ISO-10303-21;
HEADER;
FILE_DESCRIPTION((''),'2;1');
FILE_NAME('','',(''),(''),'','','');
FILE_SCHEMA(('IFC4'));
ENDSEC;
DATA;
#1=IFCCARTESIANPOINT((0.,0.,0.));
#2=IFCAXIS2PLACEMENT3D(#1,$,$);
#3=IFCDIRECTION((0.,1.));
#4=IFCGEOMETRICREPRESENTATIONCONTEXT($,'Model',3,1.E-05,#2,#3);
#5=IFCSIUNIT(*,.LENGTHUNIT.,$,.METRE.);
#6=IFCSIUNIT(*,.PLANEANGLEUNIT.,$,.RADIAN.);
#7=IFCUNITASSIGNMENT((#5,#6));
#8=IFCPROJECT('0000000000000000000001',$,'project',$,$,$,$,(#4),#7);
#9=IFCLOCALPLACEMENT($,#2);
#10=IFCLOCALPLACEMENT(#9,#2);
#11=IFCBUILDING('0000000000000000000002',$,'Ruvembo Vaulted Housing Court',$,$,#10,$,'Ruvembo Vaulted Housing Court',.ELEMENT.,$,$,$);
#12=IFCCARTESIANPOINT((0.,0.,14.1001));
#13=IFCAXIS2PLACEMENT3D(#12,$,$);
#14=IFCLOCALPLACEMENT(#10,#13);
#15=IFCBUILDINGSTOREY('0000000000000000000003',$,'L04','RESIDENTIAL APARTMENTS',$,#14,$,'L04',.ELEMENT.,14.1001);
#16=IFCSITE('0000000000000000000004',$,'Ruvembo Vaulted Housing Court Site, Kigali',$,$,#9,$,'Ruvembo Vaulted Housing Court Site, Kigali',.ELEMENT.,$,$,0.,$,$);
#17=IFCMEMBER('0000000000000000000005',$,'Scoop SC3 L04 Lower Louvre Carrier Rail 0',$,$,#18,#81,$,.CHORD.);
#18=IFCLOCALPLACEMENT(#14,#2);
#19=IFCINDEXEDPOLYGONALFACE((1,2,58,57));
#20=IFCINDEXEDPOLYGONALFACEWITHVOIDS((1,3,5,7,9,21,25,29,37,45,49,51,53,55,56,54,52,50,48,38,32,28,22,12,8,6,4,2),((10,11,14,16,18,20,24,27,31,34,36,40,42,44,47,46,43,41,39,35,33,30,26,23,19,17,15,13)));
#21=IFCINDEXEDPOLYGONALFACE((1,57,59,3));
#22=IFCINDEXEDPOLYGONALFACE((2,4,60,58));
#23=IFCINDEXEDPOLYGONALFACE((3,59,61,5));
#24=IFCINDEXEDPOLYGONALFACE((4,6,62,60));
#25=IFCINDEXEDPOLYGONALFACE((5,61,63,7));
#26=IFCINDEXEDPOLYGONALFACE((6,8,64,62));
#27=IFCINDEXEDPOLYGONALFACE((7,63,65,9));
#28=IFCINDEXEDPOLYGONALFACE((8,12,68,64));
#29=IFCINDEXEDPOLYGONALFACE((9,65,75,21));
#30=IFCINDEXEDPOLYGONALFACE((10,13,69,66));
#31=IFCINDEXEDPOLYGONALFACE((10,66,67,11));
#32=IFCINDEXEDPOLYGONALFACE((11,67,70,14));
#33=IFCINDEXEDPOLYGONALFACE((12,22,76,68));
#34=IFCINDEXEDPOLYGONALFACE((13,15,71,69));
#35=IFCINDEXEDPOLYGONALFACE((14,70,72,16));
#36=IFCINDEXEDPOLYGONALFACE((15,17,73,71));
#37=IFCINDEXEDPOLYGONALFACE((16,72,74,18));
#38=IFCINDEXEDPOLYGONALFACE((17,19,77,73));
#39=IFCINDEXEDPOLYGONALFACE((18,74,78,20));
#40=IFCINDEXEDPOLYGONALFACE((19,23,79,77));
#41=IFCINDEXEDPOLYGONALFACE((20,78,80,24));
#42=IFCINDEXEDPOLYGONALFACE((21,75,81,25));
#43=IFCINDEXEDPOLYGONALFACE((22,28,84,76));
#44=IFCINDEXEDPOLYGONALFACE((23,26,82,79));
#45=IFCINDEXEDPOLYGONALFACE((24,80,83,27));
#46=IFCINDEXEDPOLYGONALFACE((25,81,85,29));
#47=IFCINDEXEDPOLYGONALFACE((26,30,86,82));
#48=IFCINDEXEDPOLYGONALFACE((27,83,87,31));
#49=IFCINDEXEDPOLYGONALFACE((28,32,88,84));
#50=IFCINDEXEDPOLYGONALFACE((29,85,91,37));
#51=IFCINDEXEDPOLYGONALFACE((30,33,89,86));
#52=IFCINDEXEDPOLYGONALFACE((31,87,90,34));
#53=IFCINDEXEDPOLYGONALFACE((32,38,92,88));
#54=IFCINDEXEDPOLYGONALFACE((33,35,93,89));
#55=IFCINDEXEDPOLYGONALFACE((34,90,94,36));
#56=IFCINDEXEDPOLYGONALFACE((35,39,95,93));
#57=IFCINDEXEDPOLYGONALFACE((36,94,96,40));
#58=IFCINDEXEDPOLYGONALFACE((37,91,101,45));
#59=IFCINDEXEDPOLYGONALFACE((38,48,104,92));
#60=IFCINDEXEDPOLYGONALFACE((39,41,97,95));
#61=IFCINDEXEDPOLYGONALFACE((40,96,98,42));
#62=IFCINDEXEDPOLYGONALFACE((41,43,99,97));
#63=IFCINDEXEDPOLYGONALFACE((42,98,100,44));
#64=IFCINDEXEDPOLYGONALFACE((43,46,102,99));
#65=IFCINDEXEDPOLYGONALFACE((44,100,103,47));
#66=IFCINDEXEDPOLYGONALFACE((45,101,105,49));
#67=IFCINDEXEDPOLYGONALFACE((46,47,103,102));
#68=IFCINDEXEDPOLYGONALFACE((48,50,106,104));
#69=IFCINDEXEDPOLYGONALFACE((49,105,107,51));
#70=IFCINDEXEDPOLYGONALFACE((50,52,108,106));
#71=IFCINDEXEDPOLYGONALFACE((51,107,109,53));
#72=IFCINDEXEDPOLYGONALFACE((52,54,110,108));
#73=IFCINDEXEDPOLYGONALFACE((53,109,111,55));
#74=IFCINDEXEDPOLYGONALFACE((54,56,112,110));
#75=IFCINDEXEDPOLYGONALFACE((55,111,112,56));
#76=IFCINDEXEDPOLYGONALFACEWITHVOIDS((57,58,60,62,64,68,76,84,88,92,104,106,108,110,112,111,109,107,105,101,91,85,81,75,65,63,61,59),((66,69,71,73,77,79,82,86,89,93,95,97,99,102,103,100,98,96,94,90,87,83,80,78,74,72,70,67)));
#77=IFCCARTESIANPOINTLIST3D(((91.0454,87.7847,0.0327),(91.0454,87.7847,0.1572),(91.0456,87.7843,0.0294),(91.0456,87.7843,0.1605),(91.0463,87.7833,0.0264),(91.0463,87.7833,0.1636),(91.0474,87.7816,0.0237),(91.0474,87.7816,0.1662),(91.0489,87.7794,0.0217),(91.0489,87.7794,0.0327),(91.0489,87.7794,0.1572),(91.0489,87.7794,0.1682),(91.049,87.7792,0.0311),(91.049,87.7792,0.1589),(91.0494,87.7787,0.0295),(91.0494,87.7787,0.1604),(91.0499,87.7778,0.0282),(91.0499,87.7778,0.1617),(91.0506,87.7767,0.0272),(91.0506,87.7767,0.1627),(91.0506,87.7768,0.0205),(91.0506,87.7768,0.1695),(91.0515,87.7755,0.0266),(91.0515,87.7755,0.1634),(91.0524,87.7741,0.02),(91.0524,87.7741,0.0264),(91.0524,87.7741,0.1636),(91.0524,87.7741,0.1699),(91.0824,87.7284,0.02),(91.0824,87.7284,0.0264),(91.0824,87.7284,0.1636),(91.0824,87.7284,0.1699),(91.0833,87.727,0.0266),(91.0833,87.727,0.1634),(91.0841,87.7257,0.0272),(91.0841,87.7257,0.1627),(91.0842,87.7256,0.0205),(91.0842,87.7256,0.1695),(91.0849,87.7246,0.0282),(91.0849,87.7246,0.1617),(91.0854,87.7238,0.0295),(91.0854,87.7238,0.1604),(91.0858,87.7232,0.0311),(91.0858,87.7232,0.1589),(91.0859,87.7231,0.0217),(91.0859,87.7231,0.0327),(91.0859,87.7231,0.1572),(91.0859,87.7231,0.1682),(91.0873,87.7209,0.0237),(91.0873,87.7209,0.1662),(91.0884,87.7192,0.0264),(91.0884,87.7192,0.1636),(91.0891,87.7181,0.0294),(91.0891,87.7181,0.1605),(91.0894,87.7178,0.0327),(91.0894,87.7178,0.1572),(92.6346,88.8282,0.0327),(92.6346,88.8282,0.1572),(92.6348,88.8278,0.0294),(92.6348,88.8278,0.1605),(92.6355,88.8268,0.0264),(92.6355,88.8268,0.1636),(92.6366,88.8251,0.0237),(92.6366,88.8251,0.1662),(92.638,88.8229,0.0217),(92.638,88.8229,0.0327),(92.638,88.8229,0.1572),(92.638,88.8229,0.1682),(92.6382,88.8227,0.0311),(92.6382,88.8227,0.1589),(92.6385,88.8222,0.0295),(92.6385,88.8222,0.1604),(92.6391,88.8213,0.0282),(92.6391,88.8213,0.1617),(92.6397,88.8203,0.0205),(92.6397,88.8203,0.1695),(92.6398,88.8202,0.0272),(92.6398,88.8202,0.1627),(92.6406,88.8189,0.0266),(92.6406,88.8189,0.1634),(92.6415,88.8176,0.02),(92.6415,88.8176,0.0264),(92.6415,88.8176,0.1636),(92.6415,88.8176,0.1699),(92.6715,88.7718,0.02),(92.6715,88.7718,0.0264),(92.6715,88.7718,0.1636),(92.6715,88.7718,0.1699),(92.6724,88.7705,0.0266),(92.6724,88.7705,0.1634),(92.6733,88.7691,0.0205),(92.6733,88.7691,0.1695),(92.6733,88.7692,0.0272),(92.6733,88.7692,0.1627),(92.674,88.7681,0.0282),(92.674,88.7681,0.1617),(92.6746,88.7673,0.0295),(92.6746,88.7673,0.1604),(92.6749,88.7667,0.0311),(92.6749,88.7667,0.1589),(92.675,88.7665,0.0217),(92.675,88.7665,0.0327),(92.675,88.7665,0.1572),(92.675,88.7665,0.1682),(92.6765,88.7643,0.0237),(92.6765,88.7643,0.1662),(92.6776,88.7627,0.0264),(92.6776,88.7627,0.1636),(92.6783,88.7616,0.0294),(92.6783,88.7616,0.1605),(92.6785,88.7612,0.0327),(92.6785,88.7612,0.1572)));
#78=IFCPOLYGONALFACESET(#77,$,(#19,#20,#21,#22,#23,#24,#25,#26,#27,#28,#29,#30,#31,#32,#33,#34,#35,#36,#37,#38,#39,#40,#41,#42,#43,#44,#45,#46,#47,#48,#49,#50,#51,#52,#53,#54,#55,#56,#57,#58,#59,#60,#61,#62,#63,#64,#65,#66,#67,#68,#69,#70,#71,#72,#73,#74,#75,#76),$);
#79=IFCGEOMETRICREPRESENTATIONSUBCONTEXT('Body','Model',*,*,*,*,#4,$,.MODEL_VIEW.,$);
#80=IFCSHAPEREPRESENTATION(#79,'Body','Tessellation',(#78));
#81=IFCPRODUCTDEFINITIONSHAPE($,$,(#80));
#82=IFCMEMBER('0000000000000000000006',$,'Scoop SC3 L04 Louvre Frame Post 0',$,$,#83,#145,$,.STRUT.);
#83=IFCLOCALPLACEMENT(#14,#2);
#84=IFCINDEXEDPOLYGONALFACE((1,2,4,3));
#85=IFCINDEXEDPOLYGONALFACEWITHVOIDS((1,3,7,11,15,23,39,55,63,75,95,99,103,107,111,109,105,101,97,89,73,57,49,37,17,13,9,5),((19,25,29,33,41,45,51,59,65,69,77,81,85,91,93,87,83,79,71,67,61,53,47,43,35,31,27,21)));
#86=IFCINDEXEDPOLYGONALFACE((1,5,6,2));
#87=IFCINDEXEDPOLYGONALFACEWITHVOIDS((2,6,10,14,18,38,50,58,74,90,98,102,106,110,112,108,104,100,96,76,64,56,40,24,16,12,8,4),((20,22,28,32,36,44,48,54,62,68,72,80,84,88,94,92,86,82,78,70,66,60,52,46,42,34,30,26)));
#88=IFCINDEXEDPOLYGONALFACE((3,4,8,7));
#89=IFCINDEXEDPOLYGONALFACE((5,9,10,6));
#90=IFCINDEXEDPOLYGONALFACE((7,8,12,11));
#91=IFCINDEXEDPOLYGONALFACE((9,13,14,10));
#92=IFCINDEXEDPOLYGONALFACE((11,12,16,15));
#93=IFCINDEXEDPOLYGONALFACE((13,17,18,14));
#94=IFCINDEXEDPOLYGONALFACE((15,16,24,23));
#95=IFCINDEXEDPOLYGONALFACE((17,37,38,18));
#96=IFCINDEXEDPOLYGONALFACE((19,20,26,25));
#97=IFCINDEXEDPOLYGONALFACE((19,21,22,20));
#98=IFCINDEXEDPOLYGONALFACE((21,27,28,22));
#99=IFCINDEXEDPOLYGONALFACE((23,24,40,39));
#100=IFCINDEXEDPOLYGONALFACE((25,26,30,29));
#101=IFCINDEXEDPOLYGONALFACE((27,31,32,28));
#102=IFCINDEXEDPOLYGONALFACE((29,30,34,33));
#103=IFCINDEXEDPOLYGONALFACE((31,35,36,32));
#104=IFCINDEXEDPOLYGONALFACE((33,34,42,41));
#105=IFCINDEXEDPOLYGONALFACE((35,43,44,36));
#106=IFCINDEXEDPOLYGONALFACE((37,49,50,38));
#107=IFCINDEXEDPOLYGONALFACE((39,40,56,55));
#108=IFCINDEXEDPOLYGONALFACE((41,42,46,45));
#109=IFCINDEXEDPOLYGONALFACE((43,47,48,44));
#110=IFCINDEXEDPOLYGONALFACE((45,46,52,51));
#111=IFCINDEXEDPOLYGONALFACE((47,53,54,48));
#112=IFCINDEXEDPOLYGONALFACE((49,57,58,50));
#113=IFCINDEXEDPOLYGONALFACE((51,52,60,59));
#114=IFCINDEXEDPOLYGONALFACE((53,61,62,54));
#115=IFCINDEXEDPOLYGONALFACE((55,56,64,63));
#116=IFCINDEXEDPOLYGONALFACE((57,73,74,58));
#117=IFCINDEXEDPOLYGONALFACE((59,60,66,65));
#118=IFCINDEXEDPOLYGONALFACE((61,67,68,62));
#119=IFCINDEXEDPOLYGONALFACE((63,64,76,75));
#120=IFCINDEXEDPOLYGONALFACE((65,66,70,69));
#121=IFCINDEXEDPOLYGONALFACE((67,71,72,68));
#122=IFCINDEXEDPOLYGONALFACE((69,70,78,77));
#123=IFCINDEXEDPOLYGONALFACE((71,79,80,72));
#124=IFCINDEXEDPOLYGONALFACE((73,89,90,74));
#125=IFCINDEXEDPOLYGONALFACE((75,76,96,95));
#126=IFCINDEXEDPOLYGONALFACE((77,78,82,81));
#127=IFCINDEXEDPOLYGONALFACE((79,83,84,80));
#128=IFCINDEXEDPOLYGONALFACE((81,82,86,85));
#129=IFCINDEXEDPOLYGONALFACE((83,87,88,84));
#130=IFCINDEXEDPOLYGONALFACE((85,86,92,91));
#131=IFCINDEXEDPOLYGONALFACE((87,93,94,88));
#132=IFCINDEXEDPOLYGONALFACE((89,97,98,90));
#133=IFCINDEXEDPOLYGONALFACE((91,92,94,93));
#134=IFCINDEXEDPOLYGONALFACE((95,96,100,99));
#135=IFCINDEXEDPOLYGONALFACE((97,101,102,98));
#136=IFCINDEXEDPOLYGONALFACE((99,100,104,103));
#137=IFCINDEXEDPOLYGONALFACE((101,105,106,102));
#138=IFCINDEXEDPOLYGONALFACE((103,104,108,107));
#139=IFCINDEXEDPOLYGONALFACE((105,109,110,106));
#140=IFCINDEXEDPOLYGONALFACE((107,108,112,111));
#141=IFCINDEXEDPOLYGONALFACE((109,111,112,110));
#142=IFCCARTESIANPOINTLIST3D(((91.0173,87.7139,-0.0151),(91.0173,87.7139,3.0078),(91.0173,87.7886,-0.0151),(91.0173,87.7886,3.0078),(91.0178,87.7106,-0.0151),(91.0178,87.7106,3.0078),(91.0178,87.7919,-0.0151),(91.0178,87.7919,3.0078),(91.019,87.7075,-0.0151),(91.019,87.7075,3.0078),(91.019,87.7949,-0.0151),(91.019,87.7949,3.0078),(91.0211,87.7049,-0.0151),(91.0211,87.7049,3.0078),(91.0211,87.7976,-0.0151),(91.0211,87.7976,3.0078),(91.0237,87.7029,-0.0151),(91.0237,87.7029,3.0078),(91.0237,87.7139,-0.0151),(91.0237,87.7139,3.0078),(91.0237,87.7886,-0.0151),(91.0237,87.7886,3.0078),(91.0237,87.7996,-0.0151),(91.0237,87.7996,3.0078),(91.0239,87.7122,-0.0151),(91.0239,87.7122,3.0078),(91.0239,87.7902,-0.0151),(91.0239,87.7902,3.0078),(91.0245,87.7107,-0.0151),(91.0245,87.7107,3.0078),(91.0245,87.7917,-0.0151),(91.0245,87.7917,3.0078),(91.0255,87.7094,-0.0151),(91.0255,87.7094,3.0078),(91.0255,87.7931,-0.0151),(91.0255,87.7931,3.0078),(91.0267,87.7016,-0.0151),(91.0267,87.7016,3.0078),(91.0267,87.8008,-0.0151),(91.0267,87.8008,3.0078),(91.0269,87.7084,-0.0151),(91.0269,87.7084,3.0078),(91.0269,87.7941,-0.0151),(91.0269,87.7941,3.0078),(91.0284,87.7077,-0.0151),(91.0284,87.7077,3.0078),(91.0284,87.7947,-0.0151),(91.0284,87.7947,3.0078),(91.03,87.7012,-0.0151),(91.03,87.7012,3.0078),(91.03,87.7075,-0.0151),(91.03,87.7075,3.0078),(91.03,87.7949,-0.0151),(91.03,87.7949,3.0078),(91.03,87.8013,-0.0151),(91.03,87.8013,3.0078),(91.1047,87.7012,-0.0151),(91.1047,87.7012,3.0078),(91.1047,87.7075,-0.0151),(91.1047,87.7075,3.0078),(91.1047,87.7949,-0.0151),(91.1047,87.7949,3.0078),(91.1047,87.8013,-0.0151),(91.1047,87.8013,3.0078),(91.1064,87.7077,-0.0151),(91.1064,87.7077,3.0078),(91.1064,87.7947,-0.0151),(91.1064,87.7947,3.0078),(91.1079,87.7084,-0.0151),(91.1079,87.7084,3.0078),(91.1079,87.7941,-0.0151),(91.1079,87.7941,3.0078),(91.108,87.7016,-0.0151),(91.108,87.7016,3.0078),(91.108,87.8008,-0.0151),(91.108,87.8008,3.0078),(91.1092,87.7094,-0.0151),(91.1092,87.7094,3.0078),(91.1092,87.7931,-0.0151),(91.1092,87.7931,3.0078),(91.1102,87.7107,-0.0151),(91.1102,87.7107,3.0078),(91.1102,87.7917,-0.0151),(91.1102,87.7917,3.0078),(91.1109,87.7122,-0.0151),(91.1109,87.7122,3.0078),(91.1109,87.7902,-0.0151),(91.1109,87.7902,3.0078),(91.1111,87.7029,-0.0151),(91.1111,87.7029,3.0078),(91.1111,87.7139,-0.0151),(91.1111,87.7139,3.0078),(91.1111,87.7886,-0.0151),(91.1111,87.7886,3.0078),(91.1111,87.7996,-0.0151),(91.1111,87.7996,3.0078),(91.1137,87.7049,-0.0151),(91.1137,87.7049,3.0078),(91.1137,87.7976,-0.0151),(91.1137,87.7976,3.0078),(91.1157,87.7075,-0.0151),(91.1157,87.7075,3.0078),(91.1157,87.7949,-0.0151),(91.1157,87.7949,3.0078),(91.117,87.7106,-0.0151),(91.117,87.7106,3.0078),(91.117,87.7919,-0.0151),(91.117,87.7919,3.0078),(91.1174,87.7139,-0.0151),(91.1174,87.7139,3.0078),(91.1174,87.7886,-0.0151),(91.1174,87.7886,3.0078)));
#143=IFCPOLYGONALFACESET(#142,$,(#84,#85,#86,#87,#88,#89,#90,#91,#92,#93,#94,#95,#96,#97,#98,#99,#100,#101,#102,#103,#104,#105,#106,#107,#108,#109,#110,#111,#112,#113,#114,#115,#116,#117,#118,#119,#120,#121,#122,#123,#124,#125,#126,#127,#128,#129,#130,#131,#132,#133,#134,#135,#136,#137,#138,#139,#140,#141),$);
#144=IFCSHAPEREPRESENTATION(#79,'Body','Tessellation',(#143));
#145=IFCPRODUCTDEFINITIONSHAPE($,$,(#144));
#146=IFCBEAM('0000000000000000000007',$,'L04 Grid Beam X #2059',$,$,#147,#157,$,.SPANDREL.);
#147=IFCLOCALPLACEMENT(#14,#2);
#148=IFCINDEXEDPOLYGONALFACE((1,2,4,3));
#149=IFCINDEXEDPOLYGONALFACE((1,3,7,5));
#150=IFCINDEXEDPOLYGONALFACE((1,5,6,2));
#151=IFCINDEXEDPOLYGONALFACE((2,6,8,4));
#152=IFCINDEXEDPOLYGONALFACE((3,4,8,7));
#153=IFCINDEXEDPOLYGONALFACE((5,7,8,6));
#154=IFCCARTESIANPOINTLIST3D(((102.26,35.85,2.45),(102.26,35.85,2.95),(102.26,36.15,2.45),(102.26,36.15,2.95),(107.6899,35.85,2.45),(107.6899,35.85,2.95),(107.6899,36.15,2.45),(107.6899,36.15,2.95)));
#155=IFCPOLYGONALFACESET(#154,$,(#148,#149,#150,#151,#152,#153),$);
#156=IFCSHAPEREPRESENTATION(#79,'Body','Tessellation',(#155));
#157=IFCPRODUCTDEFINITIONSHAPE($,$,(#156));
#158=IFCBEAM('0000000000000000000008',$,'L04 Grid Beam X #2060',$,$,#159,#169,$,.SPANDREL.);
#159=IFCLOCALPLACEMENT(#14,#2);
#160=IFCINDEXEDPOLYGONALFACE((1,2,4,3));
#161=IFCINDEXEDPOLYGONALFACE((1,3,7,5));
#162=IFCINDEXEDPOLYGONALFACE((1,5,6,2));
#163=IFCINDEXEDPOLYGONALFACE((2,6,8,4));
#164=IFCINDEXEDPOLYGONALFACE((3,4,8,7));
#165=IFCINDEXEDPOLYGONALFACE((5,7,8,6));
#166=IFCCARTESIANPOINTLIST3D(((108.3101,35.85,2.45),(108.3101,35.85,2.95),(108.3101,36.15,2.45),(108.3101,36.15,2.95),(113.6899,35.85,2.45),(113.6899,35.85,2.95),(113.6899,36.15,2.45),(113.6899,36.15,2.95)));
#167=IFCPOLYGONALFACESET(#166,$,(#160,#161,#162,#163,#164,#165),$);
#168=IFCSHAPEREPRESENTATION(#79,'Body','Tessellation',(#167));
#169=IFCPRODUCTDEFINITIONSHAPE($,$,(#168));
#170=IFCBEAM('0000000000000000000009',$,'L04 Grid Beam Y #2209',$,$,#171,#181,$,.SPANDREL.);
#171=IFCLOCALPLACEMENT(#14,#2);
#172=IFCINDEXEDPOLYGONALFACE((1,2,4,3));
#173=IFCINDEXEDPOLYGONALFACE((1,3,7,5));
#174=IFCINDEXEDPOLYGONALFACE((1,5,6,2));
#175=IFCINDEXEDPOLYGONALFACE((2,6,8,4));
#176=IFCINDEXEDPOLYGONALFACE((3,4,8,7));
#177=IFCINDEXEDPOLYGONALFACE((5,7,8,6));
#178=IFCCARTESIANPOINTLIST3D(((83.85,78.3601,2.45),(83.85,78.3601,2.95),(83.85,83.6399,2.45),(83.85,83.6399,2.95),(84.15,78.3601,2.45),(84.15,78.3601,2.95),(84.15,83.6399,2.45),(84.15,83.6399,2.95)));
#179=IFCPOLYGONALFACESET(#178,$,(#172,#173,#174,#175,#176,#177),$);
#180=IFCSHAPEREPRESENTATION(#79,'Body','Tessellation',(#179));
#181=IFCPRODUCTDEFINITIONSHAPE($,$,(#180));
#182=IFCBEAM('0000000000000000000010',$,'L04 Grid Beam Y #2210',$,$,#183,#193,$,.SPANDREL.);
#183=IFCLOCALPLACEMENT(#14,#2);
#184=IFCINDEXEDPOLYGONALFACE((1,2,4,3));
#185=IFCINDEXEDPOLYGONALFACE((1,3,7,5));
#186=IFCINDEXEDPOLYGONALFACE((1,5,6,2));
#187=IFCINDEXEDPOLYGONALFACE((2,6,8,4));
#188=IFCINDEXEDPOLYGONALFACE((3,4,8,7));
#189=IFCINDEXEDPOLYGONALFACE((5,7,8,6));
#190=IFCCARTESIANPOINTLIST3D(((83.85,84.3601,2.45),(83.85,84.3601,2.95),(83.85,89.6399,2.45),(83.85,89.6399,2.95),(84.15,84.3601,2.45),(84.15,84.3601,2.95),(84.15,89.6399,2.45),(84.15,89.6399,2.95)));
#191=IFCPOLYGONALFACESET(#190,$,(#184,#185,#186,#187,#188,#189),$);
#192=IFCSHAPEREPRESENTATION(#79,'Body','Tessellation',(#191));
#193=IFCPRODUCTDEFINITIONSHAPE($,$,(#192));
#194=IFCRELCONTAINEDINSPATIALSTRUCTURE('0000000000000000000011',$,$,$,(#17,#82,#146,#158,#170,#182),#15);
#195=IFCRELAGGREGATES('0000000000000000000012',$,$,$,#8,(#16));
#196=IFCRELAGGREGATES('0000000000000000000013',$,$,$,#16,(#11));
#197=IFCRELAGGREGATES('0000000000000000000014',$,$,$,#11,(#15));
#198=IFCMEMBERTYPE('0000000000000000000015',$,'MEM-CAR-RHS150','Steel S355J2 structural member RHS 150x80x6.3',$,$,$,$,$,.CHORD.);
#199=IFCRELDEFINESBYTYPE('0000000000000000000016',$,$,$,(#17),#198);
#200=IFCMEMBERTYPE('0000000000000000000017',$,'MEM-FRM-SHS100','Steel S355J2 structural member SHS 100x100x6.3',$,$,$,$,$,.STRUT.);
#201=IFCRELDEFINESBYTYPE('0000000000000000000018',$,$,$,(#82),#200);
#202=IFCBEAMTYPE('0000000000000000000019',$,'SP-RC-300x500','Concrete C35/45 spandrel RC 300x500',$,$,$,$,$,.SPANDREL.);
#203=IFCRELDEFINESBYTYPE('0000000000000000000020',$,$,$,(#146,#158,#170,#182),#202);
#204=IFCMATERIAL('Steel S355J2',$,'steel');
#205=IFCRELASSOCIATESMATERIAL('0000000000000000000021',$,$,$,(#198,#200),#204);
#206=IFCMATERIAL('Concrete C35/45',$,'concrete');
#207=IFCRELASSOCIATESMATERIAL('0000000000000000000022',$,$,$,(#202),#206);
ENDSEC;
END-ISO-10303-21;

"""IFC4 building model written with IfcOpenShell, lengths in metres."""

from ifc_helpers import new_model, si_unit, direction, frame, origin, origin_2d, place, context, subcontext, project, spatial, rectangle, hollow_rectangle, extrude, material, material_profile, profile_set, type_object, element, save


model = new_model("IFC4")

# Units and contexts
model_context = context("Model", 3, precision=1e-05, world=origin(), true_north=direction((0.0, 1.0)))
body_context = subcontext(model_context, "Body", "Model", "MODEL_VIEW")
ifc_project = project(units=[si_unit("LENGTHUNIT", "METRE"), si_unit("PLANEANGLEUNIT", "RADIAN")], contexts=[model_context])

# Site, building, storey
site_placement = place(None, origin())
site = spatial("IfcSite", under=ifc_project, at=site_placement, Name="Ruvembo Vaulted Housing Court Site, Kigali", LongName="Ruvembo Vaulted Housing Court Site, Kigali", CompositionType="ELEMENT", RefElevation=0.0)
building_placement = place(site_placement, origin())
building = spatial("IfcBuilding", under=site, at=building_placement, Name="Ruvembo Vaulted Housing Court", LongName="Ruvembo Vaulted Housing Court", CompositionType="ELEMENT")
storey_placement = place(building_placement, frame((0.0, 0.0, 14.1001)))
storey = spatial("IfcBuildingStorey", under=building, at=storey_placement, Name="L04", Description="RESIDENTIAL APARTMENTS", LongName="L04", CompositionType="ELEMENT", Elevation=14.1001)

# Shared definitions
ifc_material_1 = material(Name="Steel S355J2", Category="steel")

# Members
ifc_material_profile_1 = material_profile(ifc_material_1, hollow_rectangle(XDim=0.0801, YDim=0.1499, WallThickness=0.0063, InnerFilletRadius=0.0063, OuterFilletRadius=0.0127, at=origin_2d()), Name="RHS 150x80x6.3")
ifc_profile_set_1 = profile_set([ifc_material_profile_1], Name="Steel S355J2")
member_type_1 = type_object("IfcMemberType", Name="MEM-CAR-RHS150", Description="Steel S355J2 structural member RHS 150x80x6.3", PredefinedType="CHORD", material=ifc_profile_set_1)
member_1_placement = place(storey_placement, frame((91.0674, 87.7512, 0.095), z_axis=(0.835902, 0.548878, 0.0), x_axis=(-0.548878, 0.835902, 0.0)))
element("IfcMember", 1, at=member_1_placement, inside=storey, type_object=member_type_1, Name="Scoop SC3 L04 Lower Louvre Carrier Rail 0", PredefinedType="CHORD", context=body_context, shape_type="SweptSolid", body=[
    extrude(hollow_rectangle(XDim=0.0801, YDim=0.1499, WallThickness=0.0063, InnerFilletRadius=0.0063, OuterFilletRadius=0.0127, at=origin_2d()), origin(), (0.0, 0.0, 1.0), 1.9011),
])
ifc_material_profile_2 = material_profile(ifc_material_1, hollow_rectangle(XDim=0.1001, YDim=0.1001, WallThickness=0.0063, InnerFilletRadius=0.0063, OuterFilletRadius=0.0127, at=origin_2d()), Name="SHS 100x100x6.3")
ifc_profile_set_2 = profile_set([ifc_material_profile_2], Name="Steel S355J2")
member_type_2 = type_object("IfcMemberType", Name="MEM-FRM-SHS100", Description="Steel S355J2 structural member SHS 100x100x6.3", PredefinedType="STRUT", material=ifc_profile_set_2)
member_2_placement = place(storey_placement, frame((91.0674, 87.7512, -0.0151), z_axis=(0.0, 0.0, 1.0), x_axis=(1.0, 0.0, 0.0)))
element("IfcMember", 2, at=member_2_placement, inside=storey, type_object=member_type_2, Name="Scoop SC3 L04 Louvre Frame Post 0", PredefinedType="STRUT", context=body_context, shape_type="SweptSolid", body=[
    extrude(hollow_rectangle(XDim=0.1001, YDim=0.1001, WallThickness=0.0063, InnerFilletRadius=0.0063, OuterFilletRadius=0.0127, at=origin_2d()), origin(), (0.0, 0.0, 1.0), 3.0229),
])

# Beams
ifc_material_2 = material(Name="Concrete C35/45", Category="concrete")
ifc_material_profile_3 = material_profile(ifc_material_2, rectangle(XDim=0.3, YDim=0.5, at=origin_2d()), Name="RC 300x500")
ifc_profile_set_3 = profile_set([ifc_material_profile_3], Name="Concrete C35/45")
beam_type_1 = type_object("IfcBeamType", Name="SP-RC-300x500", Description="Concrete C35/45 spandrel RC 300x500", PredefinedType="SPANDREL", material=ifc_profile_set_3)
beam_1_placement = place(storey_placement, frame((102.26, 36.0, 2.7), z_axis=(1.0, 0.0, 0.0), x_axis=(0.0, 1.0, 0.0)))
element("IfcBeam", 3, at=beam_1_placement, inside=storey, type_object=beam_type_1, Name="L04 Grid Beam X #2059", PredefinedType="SPANDREL", context=body_context, shape_type="SweptSolid", body=[
    extrude(rectangle(XDim=0.3, YDim=0.5, at=origin_2d()), origin(), (0.0, 0.0, 1.0), 5.4299),
])
beam_2_placement = place(storey_placement, frame((108.3101, 36.0, 2.7), z_axis=(1.0, 0.0, 0.0), x_axis=(0.0, 1.0, 0.0)))
element("IfcBeam", 4, at=beam_2_placement, inside=storey, type_object=beam_type_1, Name="L04 Grid Beam X #2060", PredefinedType="SPANDREL", context=body_context, shape_type="SweptSolid", body=[
    extrude(rectangle(XDim=0.3, YDim=0.5, at=origin_2d()), origin(), (0.0, 0.0, 1.0), 5.3799),
])
for number, where, z_axis, x_axis, name in (
    (5, (84.0, 78.3601, 2.7), (0.0, 1.0, 0.0), (-1.0, 0.0, 0.0), "L04 Grid Beam Y #2209"),
    (6, (84.0, 84.3601, 2.7), (0.0, 1.0, 0.0), (-1.0, 0.0, 0.0), "L04 Grid Beam Y #2210"),
):
    element("IfcBeam", number, at=place(storey_placement, frame(where, z_axis=z_axis, x_axis=x_axis)), inside=storey, type_object=beam_type_1, Name=name, PredefinedType="SPANDREL", context=body_context, shape_type="SweptSolid", body=[
        extrude(rectangle(XDim=0.3, YDim=0.5, at=origin_2d()), origin(), (0.0, 0.0, 1.0), 5.2798),
    ])

save(model, "model.ifc")
